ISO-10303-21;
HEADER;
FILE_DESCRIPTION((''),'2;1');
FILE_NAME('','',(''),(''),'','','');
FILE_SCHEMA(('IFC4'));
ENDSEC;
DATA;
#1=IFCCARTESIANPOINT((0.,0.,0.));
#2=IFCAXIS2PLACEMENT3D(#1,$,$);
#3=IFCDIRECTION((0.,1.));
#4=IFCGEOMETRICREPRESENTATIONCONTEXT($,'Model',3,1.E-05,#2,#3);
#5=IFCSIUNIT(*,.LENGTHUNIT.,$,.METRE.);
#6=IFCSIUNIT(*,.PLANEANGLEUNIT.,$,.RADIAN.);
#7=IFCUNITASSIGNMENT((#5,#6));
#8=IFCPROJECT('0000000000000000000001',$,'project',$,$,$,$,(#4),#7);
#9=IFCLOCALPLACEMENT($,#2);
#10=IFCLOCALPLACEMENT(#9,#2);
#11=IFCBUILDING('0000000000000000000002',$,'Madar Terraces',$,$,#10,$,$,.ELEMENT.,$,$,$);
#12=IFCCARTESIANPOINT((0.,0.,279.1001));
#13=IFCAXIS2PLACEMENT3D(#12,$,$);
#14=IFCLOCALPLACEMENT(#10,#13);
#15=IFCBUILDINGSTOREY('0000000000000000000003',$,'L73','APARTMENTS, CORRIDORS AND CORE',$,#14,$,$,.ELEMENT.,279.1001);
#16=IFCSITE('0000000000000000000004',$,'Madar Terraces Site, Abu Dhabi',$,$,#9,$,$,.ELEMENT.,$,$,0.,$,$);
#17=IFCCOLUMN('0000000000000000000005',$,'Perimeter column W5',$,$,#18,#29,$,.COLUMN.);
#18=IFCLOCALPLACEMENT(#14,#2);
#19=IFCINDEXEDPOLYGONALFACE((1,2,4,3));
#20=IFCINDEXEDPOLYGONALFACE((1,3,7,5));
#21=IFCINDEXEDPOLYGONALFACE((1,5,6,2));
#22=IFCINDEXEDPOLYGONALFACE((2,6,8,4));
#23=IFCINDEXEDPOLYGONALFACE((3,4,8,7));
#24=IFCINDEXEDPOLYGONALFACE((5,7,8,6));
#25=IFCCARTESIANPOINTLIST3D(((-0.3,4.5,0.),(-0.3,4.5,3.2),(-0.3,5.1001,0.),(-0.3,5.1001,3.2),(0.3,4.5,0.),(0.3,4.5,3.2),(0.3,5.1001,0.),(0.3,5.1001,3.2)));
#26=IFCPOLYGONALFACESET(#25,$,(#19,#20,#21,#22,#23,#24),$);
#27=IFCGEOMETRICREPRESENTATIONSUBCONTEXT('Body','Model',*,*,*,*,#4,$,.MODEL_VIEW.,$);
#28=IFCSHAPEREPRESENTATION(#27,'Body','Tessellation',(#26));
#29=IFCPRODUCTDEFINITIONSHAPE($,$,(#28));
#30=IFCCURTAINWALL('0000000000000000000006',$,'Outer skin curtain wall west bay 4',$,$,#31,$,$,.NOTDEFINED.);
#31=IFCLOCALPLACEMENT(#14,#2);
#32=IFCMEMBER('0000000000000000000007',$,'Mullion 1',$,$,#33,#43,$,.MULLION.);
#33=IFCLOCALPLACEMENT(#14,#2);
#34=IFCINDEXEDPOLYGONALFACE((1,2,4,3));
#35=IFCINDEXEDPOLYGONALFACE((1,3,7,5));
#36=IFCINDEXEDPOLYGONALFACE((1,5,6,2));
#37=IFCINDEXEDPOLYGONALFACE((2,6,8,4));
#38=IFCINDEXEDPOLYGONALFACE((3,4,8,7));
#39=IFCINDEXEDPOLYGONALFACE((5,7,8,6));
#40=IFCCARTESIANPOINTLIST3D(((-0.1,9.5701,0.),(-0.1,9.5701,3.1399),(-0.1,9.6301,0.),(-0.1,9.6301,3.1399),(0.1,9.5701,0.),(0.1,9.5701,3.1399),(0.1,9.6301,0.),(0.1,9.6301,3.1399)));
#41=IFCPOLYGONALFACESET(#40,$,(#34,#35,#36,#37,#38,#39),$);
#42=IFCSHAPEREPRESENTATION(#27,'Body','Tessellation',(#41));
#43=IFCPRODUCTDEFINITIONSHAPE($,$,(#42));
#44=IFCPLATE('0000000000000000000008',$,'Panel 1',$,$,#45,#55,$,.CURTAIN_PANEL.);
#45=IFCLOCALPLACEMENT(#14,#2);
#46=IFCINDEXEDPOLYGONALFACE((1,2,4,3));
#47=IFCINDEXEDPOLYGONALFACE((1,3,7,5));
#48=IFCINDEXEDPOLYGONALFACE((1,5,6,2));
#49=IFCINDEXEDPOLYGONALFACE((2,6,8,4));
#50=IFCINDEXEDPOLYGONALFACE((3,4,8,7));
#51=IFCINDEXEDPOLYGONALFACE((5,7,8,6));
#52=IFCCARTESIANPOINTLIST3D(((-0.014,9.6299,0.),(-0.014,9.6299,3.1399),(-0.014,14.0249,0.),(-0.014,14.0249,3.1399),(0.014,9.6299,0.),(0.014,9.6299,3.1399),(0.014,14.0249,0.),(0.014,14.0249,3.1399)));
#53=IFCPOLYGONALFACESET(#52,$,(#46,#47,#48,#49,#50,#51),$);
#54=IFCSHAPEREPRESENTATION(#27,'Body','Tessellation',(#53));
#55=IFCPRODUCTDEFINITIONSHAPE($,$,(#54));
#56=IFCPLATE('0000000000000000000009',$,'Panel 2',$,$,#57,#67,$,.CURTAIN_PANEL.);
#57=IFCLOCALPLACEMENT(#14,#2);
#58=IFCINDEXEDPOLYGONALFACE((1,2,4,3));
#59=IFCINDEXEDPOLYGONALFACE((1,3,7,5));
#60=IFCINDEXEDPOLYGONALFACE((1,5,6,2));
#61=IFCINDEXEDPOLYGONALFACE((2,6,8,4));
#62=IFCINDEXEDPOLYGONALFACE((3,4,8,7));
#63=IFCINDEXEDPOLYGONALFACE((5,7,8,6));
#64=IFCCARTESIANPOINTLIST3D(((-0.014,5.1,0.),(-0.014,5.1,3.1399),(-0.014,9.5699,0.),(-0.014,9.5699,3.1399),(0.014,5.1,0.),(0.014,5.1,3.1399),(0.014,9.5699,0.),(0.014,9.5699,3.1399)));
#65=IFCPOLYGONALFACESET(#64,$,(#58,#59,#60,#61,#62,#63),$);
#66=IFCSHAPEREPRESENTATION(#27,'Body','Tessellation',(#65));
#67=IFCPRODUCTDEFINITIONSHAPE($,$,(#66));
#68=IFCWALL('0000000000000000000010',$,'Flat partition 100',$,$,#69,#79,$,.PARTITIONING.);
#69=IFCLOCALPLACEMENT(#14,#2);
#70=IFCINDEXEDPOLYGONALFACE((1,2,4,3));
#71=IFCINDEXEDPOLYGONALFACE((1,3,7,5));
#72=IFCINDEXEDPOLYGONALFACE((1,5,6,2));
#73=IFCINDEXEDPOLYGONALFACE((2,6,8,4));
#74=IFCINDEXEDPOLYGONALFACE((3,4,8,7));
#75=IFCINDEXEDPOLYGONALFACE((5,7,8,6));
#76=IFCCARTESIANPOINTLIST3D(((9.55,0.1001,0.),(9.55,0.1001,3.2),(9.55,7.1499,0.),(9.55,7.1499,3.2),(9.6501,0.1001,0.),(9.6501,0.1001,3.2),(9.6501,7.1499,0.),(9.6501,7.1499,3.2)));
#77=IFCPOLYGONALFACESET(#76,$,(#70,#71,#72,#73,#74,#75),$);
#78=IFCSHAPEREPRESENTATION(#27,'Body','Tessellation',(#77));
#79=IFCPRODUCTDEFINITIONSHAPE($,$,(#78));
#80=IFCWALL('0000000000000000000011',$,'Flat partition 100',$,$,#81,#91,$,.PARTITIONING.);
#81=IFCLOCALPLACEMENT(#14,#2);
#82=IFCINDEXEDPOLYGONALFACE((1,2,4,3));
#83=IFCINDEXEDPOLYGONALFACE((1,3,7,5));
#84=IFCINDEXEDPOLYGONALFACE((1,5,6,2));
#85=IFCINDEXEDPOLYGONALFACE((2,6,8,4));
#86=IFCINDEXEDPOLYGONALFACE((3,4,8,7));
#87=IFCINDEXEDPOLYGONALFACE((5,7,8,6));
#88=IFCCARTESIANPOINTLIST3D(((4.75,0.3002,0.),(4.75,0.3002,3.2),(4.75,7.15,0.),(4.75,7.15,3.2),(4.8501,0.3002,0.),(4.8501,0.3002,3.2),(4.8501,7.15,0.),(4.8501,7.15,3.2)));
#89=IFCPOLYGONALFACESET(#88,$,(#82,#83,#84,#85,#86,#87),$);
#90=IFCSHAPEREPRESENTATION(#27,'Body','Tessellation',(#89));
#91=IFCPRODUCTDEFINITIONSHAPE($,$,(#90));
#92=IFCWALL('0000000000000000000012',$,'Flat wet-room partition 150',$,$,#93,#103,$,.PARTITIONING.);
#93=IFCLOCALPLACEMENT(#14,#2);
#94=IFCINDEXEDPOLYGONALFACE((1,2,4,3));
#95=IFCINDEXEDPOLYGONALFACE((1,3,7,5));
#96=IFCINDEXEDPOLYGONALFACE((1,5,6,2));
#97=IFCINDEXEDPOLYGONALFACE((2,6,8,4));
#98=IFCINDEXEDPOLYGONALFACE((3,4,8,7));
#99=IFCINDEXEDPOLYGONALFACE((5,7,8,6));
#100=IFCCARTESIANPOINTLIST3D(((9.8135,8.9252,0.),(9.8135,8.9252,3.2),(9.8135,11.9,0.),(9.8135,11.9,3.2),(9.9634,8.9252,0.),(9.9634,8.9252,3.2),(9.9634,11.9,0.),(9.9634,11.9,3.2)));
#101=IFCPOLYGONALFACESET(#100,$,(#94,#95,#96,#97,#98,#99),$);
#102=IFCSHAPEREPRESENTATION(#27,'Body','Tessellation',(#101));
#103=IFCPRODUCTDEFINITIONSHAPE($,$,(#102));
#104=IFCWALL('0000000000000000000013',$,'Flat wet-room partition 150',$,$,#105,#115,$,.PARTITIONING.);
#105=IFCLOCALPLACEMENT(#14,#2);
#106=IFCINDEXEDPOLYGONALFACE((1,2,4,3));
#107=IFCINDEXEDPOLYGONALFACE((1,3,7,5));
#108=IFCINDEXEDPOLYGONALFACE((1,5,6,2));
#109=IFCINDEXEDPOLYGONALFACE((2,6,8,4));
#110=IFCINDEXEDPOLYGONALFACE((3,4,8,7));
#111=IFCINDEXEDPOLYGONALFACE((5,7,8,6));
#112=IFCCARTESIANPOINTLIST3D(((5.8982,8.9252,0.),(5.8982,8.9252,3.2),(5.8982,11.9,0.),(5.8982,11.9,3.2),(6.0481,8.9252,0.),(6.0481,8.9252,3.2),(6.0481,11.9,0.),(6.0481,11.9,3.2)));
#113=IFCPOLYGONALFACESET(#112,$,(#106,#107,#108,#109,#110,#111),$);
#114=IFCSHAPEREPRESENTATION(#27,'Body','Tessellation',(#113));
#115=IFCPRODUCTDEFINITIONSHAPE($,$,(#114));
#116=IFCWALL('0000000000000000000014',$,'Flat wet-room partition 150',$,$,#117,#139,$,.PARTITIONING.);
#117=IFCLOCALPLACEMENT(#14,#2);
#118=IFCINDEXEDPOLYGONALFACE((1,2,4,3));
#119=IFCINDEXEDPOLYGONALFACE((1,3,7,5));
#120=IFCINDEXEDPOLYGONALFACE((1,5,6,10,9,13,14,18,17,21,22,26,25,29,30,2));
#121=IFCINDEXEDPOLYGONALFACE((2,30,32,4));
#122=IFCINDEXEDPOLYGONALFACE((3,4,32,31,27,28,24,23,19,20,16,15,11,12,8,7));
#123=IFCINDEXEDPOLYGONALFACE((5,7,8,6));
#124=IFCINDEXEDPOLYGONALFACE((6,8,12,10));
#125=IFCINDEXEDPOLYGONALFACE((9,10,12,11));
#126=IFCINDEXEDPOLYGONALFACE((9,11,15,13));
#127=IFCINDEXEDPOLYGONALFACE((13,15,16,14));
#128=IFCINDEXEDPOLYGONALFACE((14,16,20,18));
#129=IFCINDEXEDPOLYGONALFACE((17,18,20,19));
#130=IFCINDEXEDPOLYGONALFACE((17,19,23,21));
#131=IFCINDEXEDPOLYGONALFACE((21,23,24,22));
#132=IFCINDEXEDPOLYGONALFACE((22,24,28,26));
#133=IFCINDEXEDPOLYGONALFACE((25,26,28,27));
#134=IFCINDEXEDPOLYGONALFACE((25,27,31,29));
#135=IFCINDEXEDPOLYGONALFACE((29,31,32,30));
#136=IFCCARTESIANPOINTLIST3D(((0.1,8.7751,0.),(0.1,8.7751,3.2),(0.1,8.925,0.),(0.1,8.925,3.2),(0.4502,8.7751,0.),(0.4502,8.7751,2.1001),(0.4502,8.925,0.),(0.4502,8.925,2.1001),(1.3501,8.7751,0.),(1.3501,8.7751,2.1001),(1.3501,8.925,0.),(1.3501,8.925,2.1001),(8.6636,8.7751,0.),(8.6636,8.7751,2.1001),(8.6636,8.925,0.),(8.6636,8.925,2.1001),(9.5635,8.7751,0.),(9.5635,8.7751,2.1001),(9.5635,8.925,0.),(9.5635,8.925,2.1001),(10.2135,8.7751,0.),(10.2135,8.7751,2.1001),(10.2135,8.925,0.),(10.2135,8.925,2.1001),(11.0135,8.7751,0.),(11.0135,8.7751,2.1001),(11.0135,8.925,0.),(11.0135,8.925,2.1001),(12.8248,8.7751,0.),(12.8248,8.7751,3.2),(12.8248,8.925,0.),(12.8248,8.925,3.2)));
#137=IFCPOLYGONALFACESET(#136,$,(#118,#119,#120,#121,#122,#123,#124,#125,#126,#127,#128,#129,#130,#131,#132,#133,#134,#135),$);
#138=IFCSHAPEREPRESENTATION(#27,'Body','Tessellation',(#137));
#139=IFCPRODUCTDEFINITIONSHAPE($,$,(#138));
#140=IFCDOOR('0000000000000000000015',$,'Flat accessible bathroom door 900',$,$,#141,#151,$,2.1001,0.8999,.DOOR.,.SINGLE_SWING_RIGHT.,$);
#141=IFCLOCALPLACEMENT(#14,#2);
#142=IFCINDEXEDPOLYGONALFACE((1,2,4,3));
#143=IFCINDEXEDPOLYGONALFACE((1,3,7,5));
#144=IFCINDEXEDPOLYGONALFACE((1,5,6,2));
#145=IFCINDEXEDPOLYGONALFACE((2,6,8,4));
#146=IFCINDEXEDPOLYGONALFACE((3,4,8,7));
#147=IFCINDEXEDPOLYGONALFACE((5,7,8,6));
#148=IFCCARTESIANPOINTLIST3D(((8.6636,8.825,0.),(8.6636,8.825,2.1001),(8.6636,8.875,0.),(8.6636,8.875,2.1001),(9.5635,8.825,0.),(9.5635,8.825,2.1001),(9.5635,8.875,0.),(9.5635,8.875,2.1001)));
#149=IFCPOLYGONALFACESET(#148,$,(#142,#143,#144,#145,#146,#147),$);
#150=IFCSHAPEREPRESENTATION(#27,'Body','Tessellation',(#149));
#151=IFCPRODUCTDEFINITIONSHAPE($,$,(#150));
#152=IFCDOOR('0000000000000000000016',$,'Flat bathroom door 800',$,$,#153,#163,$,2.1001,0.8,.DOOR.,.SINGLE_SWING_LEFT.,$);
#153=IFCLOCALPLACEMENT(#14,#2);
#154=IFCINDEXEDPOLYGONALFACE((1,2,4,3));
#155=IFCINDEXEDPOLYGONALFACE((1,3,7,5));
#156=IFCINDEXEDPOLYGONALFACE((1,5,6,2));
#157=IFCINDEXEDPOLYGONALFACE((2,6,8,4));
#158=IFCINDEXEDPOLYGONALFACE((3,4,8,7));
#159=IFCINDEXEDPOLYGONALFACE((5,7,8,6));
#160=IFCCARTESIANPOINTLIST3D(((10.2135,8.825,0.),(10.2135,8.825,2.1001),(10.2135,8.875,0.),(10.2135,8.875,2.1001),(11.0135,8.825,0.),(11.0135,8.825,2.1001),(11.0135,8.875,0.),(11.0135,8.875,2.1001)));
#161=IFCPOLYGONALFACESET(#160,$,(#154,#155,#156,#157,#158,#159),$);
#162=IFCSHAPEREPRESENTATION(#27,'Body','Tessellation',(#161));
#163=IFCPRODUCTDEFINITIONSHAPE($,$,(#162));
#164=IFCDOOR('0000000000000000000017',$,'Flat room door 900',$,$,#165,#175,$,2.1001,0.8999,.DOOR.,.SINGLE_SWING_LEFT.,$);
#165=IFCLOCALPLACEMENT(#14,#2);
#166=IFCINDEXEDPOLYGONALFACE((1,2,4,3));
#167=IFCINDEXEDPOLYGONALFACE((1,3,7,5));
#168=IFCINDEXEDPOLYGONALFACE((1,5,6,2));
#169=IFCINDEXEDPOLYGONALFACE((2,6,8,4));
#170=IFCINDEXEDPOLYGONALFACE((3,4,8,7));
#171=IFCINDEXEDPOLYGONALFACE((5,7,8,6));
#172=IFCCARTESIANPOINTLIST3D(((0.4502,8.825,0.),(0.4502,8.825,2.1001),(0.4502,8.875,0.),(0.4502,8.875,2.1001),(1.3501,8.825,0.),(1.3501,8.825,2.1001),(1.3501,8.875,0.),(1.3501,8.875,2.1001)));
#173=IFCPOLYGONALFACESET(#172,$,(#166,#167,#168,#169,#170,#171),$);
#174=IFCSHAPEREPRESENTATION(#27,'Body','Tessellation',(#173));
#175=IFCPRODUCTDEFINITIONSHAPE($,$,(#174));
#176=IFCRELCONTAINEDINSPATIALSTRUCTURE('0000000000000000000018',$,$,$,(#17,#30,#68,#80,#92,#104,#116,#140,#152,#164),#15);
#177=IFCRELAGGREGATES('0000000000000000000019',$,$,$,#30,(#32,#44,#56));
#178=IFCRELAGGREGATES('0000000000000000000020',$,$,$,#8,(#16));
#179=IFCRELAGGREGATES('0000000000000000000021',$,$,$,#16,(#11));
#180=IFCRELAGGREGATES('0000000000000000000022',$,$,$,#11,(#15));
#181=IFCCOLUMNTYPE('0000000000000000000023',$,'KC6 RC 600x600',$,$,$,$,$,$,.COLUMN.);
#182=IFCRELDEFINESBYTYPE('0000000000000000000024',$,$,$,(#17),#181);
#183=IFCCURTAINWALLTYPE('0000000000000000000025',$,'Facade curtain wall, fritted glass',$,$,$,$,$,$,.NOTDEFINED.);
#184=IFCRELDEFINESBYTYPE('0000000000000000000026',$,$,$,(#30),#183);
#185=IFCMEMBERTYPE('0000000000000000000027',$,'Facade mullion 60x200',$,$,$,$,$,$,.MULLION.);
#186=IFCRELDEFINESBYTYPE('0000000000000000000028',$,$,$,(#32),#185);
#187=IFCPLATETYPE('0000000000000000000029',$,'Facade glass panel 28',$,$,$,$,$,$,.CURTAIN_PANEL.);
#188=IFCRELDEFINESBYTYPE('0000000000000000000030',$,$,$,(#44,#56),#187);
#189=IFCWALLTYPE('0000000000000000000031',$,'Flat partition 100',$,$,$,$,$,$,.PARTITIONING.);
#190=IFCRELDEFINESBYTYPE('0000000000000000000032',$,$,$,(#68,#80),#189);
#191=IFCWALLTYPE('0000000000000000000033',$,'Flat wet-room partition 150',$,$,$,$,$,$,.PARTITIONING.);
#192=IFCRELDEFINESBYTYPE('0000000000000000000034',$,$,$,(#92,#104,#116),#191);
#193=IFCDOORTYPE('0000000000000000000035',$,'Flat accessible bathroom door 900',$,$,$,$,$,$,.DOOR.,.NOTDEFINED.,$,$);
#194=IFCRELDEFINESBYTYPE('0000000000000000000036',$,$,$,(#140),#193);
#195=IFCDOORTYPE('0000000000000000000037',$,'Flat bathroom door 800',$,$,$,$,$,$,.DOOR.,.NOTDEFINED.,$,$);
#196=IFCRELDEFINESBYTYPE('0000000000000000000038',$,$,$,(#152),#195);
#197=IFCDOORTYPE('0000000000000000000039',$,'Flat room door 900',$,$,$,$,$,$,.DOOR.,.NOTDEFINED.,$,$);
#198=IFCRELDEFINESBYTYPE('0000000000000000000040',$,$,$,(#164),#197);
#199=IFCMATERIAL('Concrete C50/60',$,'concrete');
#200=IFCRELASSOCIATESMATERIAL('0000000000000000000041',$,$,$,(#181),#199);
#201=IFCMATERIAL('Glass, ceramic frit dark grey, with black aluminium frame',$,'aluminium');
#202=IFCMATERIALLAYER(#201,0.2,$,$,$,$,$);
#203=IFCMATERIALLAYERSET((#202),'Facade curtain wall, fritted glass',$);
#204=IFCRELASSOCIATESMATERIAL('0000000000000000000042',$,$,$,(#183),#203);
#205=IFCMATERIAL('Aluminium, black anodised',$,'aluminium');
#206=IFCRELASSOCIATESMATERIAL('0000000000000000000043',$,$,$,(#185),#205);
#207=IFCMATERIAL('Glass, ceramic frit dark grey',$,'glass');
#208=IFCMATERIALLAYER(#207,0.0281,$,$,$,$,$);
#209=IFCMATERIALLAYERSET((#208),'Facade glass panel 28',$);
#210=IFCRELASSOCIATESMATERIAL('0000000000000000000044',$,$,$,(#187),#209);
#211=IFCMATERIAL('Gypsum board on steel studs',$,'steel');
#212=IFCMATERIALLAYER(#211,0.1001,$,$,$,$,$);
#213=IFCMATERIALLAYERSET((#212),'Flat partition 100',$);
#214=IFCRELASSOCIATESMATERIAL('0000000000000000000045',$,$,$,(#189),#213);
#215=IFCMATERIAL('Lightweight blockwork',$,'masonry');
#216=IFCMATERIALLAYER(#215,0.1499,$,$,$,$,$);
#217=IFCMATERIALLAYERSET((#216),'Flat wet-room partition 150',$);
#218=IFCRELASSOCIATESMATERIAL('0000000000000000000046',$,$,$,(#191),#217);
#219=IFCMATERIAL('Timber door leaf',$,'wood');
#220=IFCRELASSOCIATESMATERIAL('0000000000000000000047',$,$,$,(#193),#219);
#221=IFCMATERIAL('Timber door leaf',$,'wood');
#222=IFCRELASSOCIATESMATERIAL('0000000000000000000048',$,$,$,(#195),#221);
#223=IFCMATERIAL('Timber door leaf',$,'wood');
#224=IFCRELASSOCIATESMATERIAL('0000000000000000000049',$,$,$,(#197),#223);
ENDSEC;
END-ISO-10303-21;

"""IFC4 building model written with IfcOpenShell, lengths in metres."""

from ifc_helpers import new_model, si_unit, direction, frame, frame_2d, origin, origin_2d, place, context, subcontext, project, spatial, rectangle, extrude, material, layer, layer_set, material_profile, profile_set, type_object, element, fill, aggregate, save


model = new_model("IFC4")

# Units and contexts
model_context = context("Model", 3, precision=1e-05, world=origin(), true_north=direction((0.0, 1.0)))
body_context = subcontext(model_context, "Body", "Model", "MODEL_VIEW")
ifc_project = project(units=[si_unit("LENGTHUNIT", "METRE"), si_unit("PLANEANGLEUNIT", "RADIAN")], contexts=[model_context])

# Site, building, storey
site_placement = place(None, origin())
site = spatial("IfcSite", under=ifc_project, at=site_placement, Name="Madar Terraces Site, Abu Dhabi", CompositionType="ELEMENT", RefElevation=0.0)
building_placement = place(site_placement, origin())
building = spatial("IfcBuilding", under=site, at=building_placement, Name="Madar Terraces", CompositionType="ELEMENT")
storey_placement = place(building_placement, frame((0.0, 0.0, 279.1001)))
storey = spatial("IfcBuildingStorey", under=building, at=storey_placement, Name="L73", Description="APARTMENTS, CORRIDORS AND CORE", CompositionType="ELEMENT", Elevation=279.1001)

# Column
ifc_material_1 = material(Name="Concrete C50/60", Category="concrete")
ifc_material_profile_1 = material_profile(ifc_material_1, rectangle(XDim=0.6001, YDim=0.6001, at=origin_2d()), Name="KC6 RC 600x600")
ifc_profile_set_1 = profile_set([ifc_material_profile_1], Name="Concrete C50/60")
column_type = type_object("IfcColumnType", Name="KC6 RC 600x600", PredefinedType="COLUMN", material=ifc_profile_set_1)
column_placement = place(storey_placement, frame((0.0, 4.8, 0.0), z_axis=(0.0, 0.0, 1.0), x_axis=(1.0, 0.0, 0.0)))
element("IfcColumn", 1, at=column_placement, inside=storey, type_object=column_type, Name="Perimeter column W5", PredefinedType="COLUMN", context=body_context, shape_type="SweptSolid", body=[
    extrude(rectangle(XDim=0.6001, YDim=0.6001, at=origin_2d()), origin(), (0.0, 0.0, 1.0), 3.2),
])

# Curtain wall, member, plates
ifc_material_2 = material(Name="Glass, ceramic frit dark grey, with black aluminium frame", Category="aluminium")
ifc_layer_1 = layer(ifc_material_2, 0.2)
ifc_layer_set_1 = layer_set([ifc_layer_1], Name="Facade curtain wall, fritted glass")
curtain_wall_type = type_object("IfcCurtainWallType", Name="Facade curtain wall, fritted glass", PredefinedType="NOTDEFINED", material=ifc_layer_set_1)
curtain_wall_placement = place(storey_placement, origin())
curtain_wall = element("IfcCurtainWall", 2, at=curtain_wall_placement, inside=storey, type_object=curtain_wall_type, Name="Outer skin curtain wall west bay 4", PredefinedType="NOTDEFINED")
ifc_material_3 = material(Name="Aluminium, black anodised", Category="aluminium")
ifc_material_profile_2 = material_profile(ifc_material_3, rectangle(XDim=0.2, YDim=0.0601, at=origin_2d()), Name="Facade mullion 60x200")
ifc_profile_set_2 = profile_set([ifc_material_profile_2], Name="Aluminium, black anodised")
member_type = type_object("IfcMemberType", Name="Facade mullion 60x200", PredefinedType="MULLION", material=ifc_profile_set_2)
member_placement = place(storey_placement, frame((0.0, 9.6001, 0.0), z_axis=(0.0, 0.0, 1.0), x_axis=(1.0, 0.0, 0.0)))
member = element("IfcMember", 3, at=member_placement, type_object=member_type, Name="Mullion 1", PredefinedType="MULLION", context=body_context, shape_type="SweptSolid", body=[
    extrude(rectangle(XDim=0.2, YDim=0.0601, at=origin_2d()), origin(), (0.0, 0.0, 1.0), 3.1399),
])
ifc_material_4 = material(Name="Glass, ceramic frit dark grey", Category="glass")
ifc_layer_2 = layer(ifc_material_4, 0.0281)
ifc_layer_set_2 = layer_set([ifc_layer_2], Name="Facade glass panel 28")
plate_type = type_object("IfcPlateType", Name="Facade glass panel 28", PredefinedType="CURTAIN_PANEL", material=ifc_layer_set_2)
plate_1_placement = place(storey_placement, frame((0.0, 11.8274, 0.0), z_axis=(0.0, 0.0, 1.0), x_axis=(0.0, -1.0, 0.0)))
plate_1 = element("IfcPlate", 4, at=plate_1_placement, type_object=plate_type, Name="Panel 1", PredefinedType="CURTAIN_PANEL", context=body_context, shape_type="SweptSolid", body=[
    extrude(rectangle(XDim=4.395, YDim=0.0281, at=origin_2d()), origin(), (0.0, 0.0, 1.0), 3.1399),
])
plate_2_placement = place(storey_placement, frame((0.0, 7.335, 0.0), z_axis=(0.0, 0.0, 1.0), x_axis=(0.0, -1.0, 0.0)))
plate_2 = element("IfcPlate", 5, at=plate_2_placement, type_object=plate_type, Name="Panel 2", PredefinedType="CURTAIN_PANEL", context=body_context, shape_type="SweptSolid", body=[
    extrude(rectangle(XDim=4.47, YDim=0.0281, at=origin_2d()), origin(), (0.0, 0.0, 1.0), 3.1399),
])
aggregate(curtain_wall, [member, plate_1, plate_2])

# Walls
ifc_material_5 = material(Name="Gypsum board on steel studs", Category="steel")
ifc_layer_3 = layer(ifc_material_5, 0.1001)
ifc_layer_set_3 = layer_set([ifc_layer_3], Name="Flat partition 100")
wall_type_1 = type_object("IfcWallType", Name="Flat partition 100", PredefinedType="PARTITIONING", material=ifc_layer_set_3)
wall_1_placement = place(storey_placement, frame((9.6001, 7.1499, 0.0), z_axis=(0.0, 0.0, 1.0), x_axis=(0.0, -1.0, 0.0)))
element("IfcWall", 6, at=wall_1_placement, inside=storey, type_object=wall_type_1, Name="Flat partition 100", PredefinedType="PARTITIONING", context=body_context, shape_type="SweptSolid", body=[
    extrude(rectangle(XDim=7.0498, YDim=0.1001, at=frame_2d((3.5249, 0.0))), origin(), (0.0, 0.0, 1.0), 3.2),
])
wall_2_placement = place(storey_placement, frame((4.8, 7.1499, 0.0), z_axis=(0.0, 0.0, 1.0), x_axis=(0.0, -1.0, 0.0)))
element("IfcWall", 7, at=wall_2_placement, inside=storey, type_object=wall_type_1, Name="Flat partition 100", PredefinedType="PARTITIONING", context=body_context, shape_type="SweptSolid", body=[
    extrude(rectangle(XDim=6.8499, YDim=0.1001, at=frame_2d((3.4248, 0.0))), origin(), (0.0, 0.0, 1.0), 3.2),
])
ifc_material_6 = material(Name="Lightweight blockwork", Category="masonry")
ifc_layer_4 = layer(ifc_material_6, 0.1499)
ifc_layer_set_4 = layer_set([ifc_layer_4], Name="Flat wet-room partition 150")
wall_type_2 = type_object("IfcWallType", Name="Flat wet-room partition 150", PredefinedType="PARTITIONING", material=ifc_layer_set_4)
for number, where, z_axis, x_axis, name in (
    (8, (9.8884, 11.8999, 0.0), (0.0, 0.0, 1.0), (0.0, -1.0, 0.0), "Flat wet-room partition 150"),
    (9, (5.9731, 11.8999, 0.0), (0.0, 0.0, 1.0), (0.0, -1.0, 0.0), "Flat wet-room partition 150"),
):
    element("IfcWall", number, at=place(storey_placement, frame(where, z_axis=z_axis, x_axis=x_axis)), inside=storey, type_object=wall_type_2, Name=name, PredefinedType="PARTITIONING", context=body_context, shape_type="SweptSolid", body=[
        extrude(rectangle(XDim=2.9749, YDim=0.1499, at=frame_2d((1.4873, 0.0))), origin(), (0.0, 0.0, 1.0), 3.2),
    ])

# Wall, openings, doors
wall_3_placement = place(storey_placement, frame((0.1001, 8.8501, 0.0), z_axis=(0.0, 0.0, 1.0), x_axis=(1.0, 0.0, 0.0)))
wall_3 = element("IfcWall", 10, at=wall_3_placement, inside=storey, type_object=wall_type_2, Name="Flat wet-room partition 150", PredefinedType="PARTITIONING", context=body_context, shape_type="SweptSolid", body=[
    extrude(rectangle(XDim=12.7249, YDim=0.1499, at=frame_2d((6.3623, 0.0))), origin(), (0.0, 0.0, 1.0), 3.2),
])
opening_1_placement = place(wall_3_placement, frame((10.1135, 0.0, 0.0)))
opening_1 = element("IfcOpeningElement", 11, at=opening_1_placement, cuts=wall_3, PredefinedType="OPENING", context=body_context, shape_type="SweptSolid", body=[
    extrude(rectangle(XDim=0.8, YDim=2.1001, at=frame_2d((0.3999, 1.05))), frame((0.0, 0.085, 0.0), z_axis=(0.0, -1.0, 0.0), x_axis=(1.0, 0.0, 0.0)), (0.0, 0.0, 1.0), 0.1699),
])
opening_2_placement = place(wall_3_placement, frame((8.5635, 0.0, 0.0)))
opening_2 = element("IfcOpeningElement", 12, at=opening_2_placement, cuts=wall_3, PredefinedType="OPENING", context=body_context, shape_type="SweptSolid", body=[
    extrude(rectangle(XDim=0.8999, YDim=2.1001, at=frame_2d((0.45, 1.05))), frame((0.0, 0.085, 0.0), z_axis=(0.0, -1.0, 0.0), x_axis=(1.0, 0.0, 0.0)), (0.0, 0.0, 1.0), 0.1699),
])
opening_3_placement = place(wall_3_placement, frame((0.3501, 0.0, 0.0)))
opening_3 = element("IfcOpeningElement", 13, at=opening_3_placement, cuts=wall_3, PredefinedType="OPENING", context=body_context, shape_type="SweptSolid", body=[
    extrude(rectangle(XDim=0.8999, YDim=2.1001, at=frame_2d((0.45, 1.05))), frame((0.0, 0.085, 0.0), z_axis=(0.0, -1.0, 0.0), x_axis=(1.0, 0.0, 0.0)), (0.0, 0.0, 1.0), 0.1699),
])
ifc_material_7 = material(Name="Timber door leaf", Category="wood")
door_type_1 = type_object("IfcDoorType", Name="Flat accessible bathroom door 900", OperationType="NOTDEFINED", PredefinedType="DOOR", material=ifc_material_7)
door_1_placement = place(opening_2_placement, origin())
door_1 = element("IfcDoor", 14, at=door_1_placement, inside=storey, type_object=door_type_1, Name="Flat accessible bathroom door 900", OperationType="SINGLE_SWING_RIGHT", OverallHeight=2.1001, OverallWidth=0.8999, PredefinedType="DOOR", context=body_context, shape_type="SweptSolid", body=[
    extrude(rectangle(XDim=0.8999, YDim=2.1001, at=frame_2d((0.45, 1.05))), frame((0.0, 0.0249, 0.0), z_axis=(0.0, -1.0, 0.0), x_axis=(1.0, 0.0, 0.0)), (0.0, 0.0, 1.0), 0.05),
])
fill(opening_2, door_1)
ifc_material_8 = material(Name="Timber door leaf", Category="wood")
door_type_2 = type_object("IfcDoorType", Name="Flat bathroom door 800", OperationType="NOTDEFINED", PredefinedType="DOOR", material=ifc_material_8)
door_2_placement = place(opening_1_placement, origin())
door_2 = element("IfcDoor", 15, at=door_2_placement, inside=storey, type_object=door_type_2, Name="Flat bathroom door 800", OperationType="SINGLE_SWING_LEFT", OverallHeight=2.1001, OverallWidth=0.8, PredefinedType="DOOR", context=body_context, shape_type="SweptSolid", body=[
    extrude(rectangle(XDim=0.8, YDim=2.1001, at=frame_2d((0.3999, 1.05))), frame((0.0, 0.0249, 0.0), z_axis=(0.0, -1.0, 0.0), x_axis=(1.0, 0.0, 0.0)), (0.0, 0.0, 1.0), 0.05),
])
fill(opening_1, door_2)
ifc_material_9 = material(Name="Timber door leaf", Category="wood")
door_type_3 = type_object("IfcDoorType", Name="Flat room door 900", OperationType="NOTDEFINED", PredefinedType="DOOR", material=ifc_material_9)
door_3_placement = place(opening_3_placement, origin())
door_3 = element("IfcDoor", 16, at=door_3_placement, inside=storey, type_object=door_type_3, Name="Flat room door 900", OperationType="SINGLE_SWING_LEFT", OverallHeight=2.1001, OverallWidth=0.8999, PredefinedType="DOOR", context=body_context, shape_type="SweptSolid", body=[
    extrude(rectangle(XDim=0.8999, YDim=2.1001, at=frame_2d((0.45, 1.05))), frame((0.0, 0.0249, 0.0), z_axis=(0.0, -1.0, 0.0), x_axis=(1.0, 0.0, 0.0)), (0.0, 0.0, 1.0), 0.05),
])
fill(opening_3, door_3)

save(model, "model.ifc")
